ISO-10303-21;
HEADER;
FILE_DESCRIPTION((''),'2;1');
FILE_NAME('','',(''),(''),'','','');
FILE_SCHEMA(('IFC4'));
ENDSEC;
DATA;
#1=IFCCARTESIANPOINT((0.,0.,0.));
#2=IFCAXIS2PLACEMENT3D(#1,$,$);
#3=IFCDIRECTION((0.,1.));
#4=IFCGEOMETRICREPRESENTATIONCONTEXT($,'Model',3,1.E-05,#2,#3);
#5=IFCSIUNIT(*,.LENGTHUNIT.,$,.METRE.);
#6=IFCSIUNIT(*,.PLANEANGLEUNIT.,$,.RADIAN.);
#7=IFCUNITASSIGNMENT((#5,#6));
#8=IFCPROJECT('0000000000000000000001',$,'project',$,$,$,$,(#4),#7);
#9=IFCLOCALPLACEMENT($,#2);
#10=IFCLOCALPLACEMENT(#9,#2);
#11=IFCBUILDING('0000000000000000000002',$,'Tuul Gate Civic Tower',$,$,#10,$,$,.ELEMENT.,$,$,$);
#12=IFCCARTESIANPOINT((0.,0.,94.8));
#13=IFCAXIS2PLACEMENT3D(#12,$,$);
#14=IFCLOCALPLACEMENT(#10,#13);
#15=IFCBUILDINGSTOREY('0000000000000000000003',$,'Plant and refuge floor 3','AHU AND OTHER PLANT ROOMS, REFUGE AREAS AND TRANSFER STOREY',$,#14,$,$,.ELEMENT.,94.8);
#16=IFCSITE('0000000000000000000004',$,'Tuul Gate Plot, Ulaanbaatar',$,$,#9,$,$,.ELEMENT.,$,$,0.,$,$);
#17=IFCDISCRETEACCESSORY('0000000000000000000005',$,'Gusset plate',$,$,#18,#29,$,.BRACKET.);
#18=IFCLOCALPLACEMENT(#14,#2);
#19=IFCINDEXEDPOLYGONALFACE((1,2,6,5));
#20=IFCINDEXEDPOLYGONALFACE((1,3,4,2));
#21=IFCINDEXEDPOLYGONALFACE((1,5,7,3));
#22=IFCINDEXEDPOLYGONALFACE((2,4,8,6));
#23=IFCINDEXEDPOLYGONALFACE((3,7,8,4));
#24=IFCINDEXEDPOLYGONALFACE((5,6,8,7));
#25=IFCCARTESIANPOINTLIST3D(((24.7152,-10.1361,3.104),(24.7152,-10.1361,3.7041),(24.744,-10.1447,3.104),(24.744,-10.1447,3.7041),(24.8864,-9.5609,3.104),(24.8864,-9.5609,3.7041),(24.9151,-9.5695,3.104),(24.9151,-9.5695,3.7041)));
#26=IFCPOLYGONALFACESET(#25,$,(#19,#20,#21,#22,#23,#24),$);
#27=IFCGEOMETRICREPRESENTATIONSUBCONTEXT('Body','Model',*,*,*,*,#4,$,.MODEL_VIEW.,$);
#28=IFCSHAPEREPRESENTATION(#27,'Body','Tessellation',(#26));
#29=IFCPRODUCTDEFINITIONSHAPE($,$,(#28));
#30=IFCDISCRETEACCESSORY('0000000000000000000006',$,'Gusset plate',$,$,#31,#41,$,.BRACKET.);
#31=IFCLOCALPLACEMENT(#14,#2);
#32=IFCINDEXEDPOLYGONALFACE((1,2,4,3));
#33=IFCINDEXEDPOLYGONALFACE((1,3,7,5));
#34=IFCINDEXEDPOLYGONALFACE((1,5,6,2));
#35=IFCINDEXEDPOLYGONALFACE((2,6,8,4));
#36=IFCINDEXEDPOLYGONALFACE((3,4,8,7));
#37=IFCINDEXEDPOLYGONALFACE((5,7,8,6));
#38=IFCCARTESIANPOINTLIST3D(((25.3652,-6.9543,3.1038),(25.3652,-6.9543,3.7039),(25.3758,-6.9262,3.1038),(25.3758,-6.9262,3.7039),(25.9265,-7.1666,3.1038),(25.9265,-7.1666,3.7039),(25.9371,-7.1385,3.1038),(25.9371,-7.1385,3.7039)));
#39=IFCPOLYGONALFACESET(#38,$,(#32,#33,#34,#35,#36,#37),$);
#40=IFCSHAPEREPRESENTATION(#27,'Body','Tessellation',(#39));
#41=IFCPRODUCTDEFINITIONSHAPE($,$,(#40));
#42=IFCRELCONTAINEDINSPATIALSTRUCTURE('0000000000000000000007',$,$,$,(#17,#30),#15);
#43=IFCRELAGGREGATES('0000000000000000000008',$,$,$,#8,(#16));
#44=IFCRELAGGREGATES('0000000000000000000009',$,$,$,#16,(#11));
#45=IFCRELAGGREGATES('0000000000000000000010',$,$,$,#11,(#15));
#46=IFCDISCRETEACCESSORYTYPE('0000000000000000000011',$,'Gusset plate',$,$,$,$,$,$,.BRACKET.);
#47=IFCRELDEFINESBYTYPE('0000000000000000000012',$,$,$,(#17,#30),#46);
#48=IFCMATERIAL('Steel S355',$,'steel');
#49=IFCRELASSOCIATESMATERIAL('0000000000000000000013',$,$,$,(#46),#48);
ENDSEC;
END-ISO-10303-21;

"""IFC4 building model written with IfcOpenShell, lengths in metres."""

from ifc_helpers import new_model, si_unit, direction, frame, origin, origin_2d, place, context, subcontext, project, spatial, rectangle, extrude, material, type_object, element, save


model = new_model("IFC4")

# Units and contexts
model_context = context("Model", 3, precision=1e-05, world=origin(), true_north=direction((0.0, 1.0)))
body_context = subcontext(model_context, "Body", "Model", "MODEL_VIEW")
ifc_project = project(units=[si_unit("LENGTHUNIT", "METRE"), si_unit("PLANEANGLEUNIT", "RADIAN")], contexts=[model_context])

# Site, building, storey
site_placement = place(None, origin())
site = spatial("IfcSite", under=ifc_project, at=site_placement, Name="Tuul Gate Plot, Ulaanbaatar", CompositionType="ELEMENT", RefElevation=0.0)
building_placement = place(site_placement, origin())
building = spatial("IfcBuilding", under=site, at=building_placement, Name="Tuul Gate Civic Tower", CompositionType="ELEMENT")
storey_placement = place(building_placement, frame((0.0, 0.0, 94.8)))
storey = spatial("IfcBuildingStorey", under=building, at=storey_placement, Name="Plant and refuge floor 3", Description="AHU AND OTHER PLANT ROOMS, REFUGE AREAS AND TRANSFER STOREY", CompositionType="ELEMENT", Elevation=94.8)

# Discrete accessories
ifc_material_1 = material(Name="Steel S355", Category="steel")
discrete_accessory_type = type_object("IfcDiscreteAccessoryType", Name="Gusset plate", PredefinedType="BRACKET", material=ifc_material_1)
for number, where, z_axis, x_axis, name in (
    (1, (24.8152, -9.8528, 3.104), (0.0, 0.0, 1.0), (0.285169, 0.958477, 0.0), "Gusset plate"),
    (2, (25.6511, -7.0464, 3.1038), (0.0, 0.0, 1.0), (-0.935324, 0.353792, 0.0), "Gusset plate"),
):
    element("IfcDiscreteAccessory", number, at=place(storey_placement, frame(where, z_axis=z_axis, x_axis=x_axis)), inside=storey, type_object=discrete_accessory_type, Name=name, PredefinedType="BRACKET", context=body_context, shape_type="SweptSolid", body=[
        extrude(rectangle(XDim=0.6001, YDim=0.03, at=origin_2d()), origin(), (0.0, 0.0, 1.0), 0.6001),
    ])

save(model, "model.ifc")
